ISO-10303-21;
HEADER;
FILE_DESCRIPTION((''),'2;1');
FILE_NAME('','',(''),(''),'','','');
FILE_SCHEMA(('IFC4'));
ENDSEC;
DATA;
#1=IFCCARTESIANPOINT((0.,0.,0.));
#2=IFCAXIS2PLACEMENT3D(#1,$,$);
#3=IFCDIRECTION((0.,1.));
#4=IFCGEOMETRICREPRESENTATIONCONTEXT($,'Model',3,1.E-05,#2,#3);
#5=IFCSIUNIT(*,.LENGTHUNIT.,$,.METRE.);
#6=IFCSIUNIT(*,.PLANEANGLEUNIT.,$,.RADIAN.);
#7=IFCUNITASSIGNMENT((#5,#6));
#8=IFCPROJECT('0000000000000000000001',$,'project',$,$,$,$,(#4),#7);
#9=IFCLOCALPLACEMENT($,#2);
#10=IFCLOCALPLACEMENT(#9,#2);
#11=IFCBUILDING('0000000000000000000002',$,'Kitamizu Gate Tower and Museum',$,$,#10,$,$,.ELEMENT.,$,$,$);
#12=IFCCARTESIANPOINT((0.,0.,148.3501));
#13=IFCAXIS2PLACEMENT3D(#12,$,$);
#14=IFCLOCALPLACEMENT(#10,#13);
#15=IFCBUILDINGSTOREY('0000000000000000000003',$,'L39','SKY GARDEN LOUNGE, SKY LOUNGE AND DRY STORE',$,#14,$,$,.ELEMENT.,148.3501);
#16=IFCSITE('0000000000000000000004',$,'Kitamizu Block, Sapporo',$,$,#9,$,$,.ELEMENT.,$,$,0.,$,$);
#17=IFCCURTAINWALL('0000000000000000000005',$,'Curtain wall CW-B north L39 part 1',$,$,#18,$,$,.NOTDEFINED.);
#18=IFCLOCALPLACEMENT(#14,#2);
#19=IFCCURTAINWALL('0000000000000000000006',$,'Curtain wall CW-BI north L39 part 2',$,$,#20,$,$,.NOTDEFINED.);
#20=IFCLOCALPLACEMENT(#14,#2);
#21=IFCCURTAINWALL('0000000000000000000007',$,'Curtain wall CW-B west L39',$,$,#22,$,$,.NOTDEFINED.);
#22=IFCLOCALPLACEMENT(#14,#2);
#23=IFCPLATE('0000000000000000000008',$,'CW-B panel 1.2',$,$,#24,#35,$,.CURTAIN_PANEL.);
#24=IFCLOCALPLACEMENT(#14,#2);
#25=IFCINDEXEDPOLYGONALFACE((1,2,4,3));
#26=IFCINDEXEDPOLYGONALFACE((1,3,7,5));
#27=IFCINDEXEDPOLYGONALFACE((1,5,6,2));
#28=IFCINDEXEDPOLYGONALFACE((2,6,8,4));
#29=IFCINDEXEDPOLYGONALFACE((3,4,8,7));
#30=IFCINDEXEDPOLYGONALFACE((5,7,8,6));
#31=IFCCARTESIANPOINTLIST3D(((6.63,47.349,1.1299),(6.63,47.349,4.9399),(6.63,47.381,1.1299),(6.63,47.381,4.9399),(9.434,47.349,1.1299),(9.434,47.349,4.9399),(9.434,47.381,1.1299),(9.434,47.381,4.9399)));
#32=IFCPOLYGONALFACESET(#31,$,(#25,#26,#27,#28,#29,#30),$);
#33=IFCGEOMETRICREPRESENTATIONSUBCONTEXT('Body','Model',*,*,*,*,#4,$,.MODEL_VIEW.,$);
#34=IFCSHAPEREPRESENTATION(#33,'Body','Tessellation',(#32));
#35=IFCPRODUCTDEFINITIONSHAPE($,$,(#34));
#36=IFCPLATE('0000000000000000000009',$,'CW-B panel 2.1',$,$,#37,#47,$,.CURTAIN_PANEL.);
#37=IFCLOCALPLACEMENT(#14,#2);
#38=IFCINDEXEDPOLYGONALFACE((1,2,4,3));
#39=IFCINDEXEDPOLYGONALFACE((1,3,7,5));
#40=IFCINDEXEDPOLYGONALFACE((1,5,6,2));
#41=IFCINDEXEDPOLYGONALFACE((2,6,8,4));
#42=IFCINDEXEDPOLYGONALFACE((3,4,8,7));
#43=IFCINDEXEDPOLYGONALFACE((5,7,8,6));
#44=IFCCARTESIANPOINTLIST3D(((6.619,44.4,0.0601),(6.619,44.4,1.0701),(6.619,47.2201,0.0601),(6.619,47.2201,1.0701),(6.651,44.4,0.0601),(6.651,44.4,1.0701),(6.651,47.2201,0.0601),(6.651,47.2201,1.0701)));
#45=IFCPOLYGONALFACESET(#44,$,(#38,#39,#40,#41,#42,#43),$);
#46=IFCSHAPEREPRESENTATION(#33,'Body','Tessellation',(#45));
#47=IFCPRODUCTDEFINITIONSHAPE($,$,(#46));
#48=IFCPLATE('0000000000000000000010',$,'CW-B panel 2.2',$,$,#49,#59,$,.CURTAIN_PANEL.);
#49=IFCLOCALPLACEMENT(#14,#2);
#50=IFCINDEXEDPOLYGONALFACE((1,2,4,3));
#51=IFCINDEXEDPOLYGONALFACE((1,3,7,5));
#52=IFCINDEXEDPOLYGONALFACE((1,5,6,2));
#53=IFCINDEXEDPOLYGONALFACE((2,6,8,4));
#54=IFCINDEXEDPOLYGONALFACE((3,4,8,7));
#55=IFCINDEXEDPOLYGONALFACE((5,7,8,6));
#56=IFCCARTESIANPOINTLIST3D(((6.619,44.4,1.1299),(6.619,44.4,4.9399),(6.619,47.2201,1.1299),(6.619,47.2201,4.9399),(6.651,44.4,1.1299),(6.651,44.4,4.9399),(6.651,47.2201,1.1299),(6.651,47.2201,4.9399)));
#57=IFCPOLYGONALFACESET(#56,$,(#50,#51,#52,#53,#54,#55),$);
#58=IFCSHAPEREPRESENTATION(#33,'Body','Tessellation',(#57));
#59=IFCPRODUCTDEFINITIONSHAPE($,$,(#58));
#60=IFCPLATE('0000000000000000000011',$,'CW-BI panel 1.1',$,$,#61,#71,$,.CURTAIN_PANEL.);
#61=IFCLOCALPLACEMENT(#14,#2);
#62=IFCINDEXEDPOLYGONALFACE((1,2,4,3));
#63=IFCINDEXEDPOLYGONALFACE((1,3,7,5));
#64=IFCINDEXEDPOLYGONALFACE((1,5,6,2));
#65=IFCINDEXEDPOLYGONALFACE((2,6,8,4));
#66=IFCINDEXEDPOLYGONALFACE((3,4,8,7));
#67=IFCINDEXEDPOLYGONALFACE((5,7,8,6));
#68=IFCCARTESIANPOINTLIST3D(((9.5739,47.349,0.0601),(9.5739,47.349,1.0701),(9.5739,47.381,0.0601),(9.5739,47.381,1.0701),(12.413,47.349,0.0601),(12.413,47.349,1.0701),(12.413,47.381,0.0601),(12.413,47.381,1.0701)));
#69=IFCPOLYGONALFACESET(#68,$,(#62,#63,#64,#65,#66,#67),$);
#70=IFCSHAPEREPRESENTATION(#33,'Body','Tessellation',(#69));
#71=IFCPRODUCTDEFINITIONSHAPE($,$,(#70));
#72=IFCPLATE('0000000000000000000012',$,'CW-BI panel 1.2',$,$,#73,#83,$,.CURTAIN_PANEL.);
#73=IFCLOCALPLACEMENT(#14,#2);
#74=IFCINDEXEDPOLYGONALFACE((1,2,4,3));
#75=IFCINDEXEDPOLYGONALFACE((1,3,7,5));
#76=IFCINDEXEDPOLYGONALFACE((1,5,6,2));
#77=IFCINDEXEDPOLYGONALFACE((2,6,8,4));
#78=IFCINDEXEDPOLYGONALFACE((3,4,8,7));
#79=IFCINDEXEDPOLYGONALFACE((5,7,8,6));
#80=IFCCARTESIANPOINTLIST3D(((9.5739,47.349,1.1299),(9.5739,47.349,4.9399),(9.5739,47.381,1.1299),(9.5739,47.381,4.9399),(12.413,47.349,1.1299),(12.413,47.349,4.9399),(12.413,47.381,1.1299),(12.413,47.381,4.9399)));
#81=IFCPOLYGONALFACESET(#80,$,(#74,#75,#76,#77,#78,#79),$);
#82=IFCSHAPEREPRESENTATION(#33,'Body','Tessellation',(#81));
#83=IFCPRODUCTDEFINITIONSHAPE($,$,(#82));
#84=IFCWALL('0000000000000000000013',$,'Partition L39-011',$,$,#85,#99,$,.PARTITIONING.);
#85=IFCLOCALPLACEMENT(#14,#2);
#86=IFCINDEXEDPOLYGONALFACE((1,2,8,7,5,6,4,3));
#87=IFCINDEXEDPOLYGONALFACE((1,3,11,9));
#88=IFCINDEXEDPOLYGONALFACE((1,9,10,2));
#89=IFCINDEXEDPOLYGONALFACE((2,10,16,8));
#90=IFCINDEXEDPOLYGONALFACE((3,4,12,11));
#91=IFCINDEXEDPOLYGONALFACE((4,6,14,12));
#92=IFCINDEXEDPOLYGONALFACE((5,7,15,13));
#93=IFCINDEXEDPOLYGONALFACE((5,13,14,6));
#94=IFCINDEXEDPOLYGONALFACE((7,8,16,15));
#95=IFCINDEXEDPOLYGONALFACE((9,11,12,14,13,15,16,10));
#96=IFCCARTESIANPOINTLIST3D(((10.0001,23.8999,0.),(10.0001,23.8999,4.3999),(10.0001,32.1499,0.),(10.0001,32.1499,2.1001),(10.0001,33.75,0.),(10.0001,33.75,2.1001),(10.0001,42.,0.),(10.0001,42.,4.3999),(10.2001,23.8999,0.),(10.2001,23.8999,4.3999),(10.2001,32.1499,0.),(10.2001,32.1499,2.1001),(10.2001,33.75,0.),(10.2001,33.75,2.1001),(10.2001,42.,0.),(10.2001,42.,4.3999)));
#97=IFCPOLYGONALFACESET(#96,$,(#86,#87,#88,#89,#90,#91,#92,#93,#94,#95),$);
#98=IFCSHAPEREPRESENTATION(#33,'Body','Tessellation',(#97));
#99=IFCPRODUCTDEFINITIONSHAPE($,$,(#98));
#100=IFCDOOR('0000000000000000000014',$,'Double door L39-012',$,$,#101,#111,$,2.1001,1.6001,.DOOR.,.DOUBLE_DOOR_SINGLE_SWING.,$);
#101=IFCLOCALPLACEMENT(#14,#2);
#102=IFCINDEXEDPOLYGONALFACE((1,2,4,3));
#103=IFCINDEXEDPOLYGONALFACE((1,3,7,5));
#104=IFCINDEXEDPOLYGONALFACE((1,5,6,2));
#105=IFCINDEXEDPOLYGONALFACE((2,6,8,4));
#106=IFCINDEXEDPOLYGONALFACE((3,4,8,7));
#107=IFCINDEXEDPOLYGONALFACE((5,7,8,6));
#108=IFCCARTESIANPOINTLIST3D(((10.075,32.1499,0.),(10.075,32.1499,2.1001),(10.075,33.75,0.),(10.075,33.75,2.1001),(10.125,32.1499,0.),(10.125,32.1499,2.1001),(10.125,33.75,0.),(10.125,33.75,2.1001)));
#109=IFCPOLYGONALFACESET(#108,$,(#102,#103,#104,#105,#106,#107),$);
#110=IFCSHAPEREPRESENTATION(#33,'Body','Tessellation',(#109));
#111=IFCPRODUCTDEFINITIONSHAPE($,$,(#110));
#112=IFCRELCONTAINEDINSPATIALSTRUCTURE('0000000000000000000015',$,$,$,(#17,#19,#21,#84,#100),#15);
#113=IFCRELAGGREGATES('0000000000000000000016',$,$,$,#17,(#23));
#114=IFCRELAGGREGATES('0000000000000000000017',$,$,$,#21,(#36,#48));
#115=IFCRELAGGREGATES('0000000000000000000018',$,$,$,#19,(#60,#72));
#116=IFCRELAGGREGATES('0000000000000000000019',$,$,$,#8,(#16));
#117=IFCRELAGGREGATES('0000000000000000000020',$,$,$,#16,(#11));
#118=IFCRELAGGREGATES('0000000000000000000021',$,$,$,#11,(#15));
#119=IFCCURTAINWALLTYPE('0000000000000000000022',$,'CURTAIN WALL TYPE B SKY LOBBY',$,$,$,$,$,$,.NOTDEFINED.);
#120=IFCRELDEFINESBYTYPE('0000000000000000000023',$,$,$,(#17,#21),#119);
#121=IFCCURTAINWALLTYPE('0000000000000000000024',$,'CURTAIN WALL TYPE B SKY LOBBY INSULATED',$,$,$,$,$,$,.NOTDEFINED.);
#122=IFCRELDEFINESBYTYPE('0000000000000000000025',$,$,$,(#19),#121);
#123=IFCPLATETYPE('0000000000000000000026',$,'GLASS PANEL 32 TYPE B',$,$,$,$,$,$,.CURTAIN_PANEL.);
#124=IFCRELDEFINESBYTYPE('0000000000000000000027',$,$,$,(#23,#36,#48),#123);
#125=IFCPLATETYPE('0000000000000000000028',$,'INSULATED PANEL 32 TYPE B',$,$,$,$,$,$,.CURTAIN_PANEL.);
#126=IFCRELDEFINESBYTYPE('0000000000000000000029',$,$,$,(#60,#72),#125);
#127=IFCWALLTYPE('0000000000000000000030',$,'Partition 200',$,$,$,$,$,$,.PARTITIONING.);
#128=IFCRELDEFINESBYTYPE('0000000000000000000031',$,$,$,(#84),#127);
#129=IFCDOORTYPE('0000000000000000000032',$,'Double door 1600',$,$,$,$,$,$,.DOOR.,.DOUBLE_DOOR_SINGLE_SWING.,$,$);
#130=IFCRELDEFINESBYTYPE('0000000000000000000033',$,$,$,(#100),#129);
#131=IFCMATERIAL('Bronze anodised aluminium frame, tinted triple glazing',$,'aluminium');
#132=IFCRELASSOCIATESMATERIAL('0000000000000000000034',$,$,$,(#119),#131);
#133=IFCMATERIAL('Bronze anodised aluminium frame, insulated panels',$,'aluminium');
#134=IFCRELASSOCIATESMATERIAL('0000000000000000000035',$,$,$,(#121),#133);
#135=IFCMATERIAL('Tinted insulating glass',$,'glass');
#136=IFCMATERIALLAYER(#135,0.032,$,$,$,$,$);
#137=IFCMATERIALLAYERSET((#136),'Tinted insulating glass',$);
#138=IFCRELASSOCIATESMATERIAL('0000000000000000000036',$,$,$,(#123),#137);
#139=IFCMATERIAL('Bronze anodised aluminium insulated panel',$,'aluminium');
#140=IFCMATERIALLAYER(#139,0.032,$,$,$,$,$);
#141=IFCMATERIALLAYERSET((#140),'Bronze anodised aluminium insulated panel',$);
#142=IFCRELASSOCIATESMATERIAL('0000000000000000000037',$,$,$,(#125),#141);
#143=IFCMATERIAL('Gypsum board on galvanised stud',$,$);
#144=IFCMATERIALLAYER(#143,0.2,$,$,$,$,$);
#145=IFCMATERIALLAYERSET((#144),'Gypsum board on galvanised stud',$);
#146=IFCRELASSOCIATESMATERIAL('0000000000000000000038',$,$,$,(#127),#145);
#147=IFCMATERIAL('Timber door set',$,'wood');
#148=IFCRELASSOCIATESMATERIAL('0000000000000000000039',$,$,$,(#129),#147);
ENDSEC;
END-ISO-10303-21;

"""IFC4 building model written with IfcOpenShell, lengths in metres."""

from ifc_helpers import new_model, si_unit, direction, frame, frame_2d, origin, origin_2d, place, context, subcontext, project, spatial, rectangle, extrude, material, layer, layer_set, type_object, element, fill, aggregate, save


model = new_model("IFC4")

# Units and contexts
model_context = context("Model", 3, precision=1e-05, world=origin(), true_north=direction((0.0, 1.0)))
body_context = subcontext(model_context, "Body", "Model", "MODEL_VIEW")
ifc_project = project(units=[si_unit("LENGTHUNIT", "METRE"), si_unit("PLANEANGLEUNIT", "RADIAN")], contexts=[model_context])

# Site, building, storey
site_placement = place(None, origin())
site = spatial("IfcSite", under=ifc_project, at=site_placement, Name="Kitamizu Block, Sapporo", CompositionType="ELEMENT", RefElevation=0.0)
building_placement = place(site_placement, origin())
building = spatial("IfcBuilding", under=site, at=building_placement, Name="Kitamizu Gate Tower and Museum", CompositionType="ELEMENT")
storey_placement = place(building_placement, frame((0.0, 0.0, 148.3501)))
storey = spatial("IfcBuildingStorey", under=building, at=storey_placement, Name="L39", Description="SKY GARDEN LOUNGE, SKY LOUNGE AND DRY STORE", CompositionType="ELEMENT", Elevation=148.3501)

# Curtain wall
ifc_material_1 = material(Name="Bronze anodised aluminium frame, tinted triple glazing", Category="aluminium")
curtain_wall_type_1 = type_object("IfcCurtainWallType", Name="CURTAIN WALL TYPE B SKY LOBBY", PredefinedType="NOTDEFINED", material=ifc_material_1)
curtain_wall_1_placement = place(storey_placement, origin())
curtain_wall_1 = element("IfcCurtainWall", 1, at=curtain_wall_1_placement, inside=storey, type_object=curtain_wall_type_1, Name="Curtain wall CW-B north L39 part 1", PredefinedType="NOTDEFINED")

# Curtain wall
ifc_material_2 = material(Name="Bronze anodised aluminium frame, insulated panels", Category="aluminium")
curtain_wall_type_2 = type_object("IfcCurtainWallType", Name="CURTAIN WALL TYPE B SKY LOBBY INSULATED", PredefinedType="NOTDEFINED", material=ifc_material_2)
curtain_wall_2_placement = place(storey_placement, origin())
curtain_wall_2 = element("IfcCurtainWall", 2, at=curtain_wall_2_placement, inside=storey, type_object=curtain_wall_type_2, Name="Curtain wall CW-BI north L39 part 2", PredefinedType="NOTDEFINED")

# Curtain wall
curtain_wall_3_placement = place(storey_placement, origin())
curtain_wall_3 = element("IfcCurtainWall", 3, at=curtain_wall_3_placement, inside=storey, type_object=curtain_wall_type_1, Name="Curtain wall CW-B west L39", PredefinedType="NOTDEFINED")

# Plates
ifc_material_3 = material(Name="Tinted insulating glass", Category="glass")
ifc_layer_1 = layer(ifc_material_3, 0.032)
ifc_layer_set_1 = layer_set([ifc_layer_1], Name="Tinted insulating glass")
plate_type_1 = type_object("IfcPlateType", Name="GLASS PANEL 32 TYPE B", PredefinedType="CURTAIN_PANEL", material=ifc_layer_set_1)
plate_1_placement = place(storey_placement, frame((8.032, 47.365, 1.1299), z_axis=(0.0, 0.0, 1.0), x_axis=(1.0, 0.0, 0.0)))
plate_1 = element("IfcPlate", 4, at=plate_1_placement, type_object=plate_type_1, Name="CW-B panel 1.2", PredefinedType="CURTAIN_PANEL", context=body_context, shape_type="SweptSolid", body=[
    extrude(rectangle(XDim=2.804, YDim=0.032, at=origin_2d()), origin(), (0.0, 0.0, 1.0), 3.8101),
])
aggregate(curtain_wall_1, [plate_1])
plate_2_placement = place(storey_placement, frame((6.635, 45.8101, 0.0601), z_axis=(0.0, 0.0, 1.0), x_axis=(0.0, 1.0, 0.0)))
plate_2 = element("IfcPlate", 5, at=plate_2_placement, type_object=plate_type_1, Name="CW-B panel 2.1", PredefinedType="CURTAIN_PANEL", context=body_context, shape_type="SweptSolid", body=[
    extrude(rectangle(XDim=2.8201, YDim=0.032, at=origin_2d()), origin(), (0.0, 0.0, 1.0), 1.01),
])
plate_3_placement = place(storey_placement, frame((6.635, 45.8101, 1.1299), z_axis=(0.0, 0.0, 1.0), x_axis=(0.0, 1.0, 0.0)))
plate_3 = element("IfcPlate", 6, at=plate_3_placement, type_object=plate_type_1, Name="CW-B panel 2.2", PredefinedType="CURTAIN_PANEL", context=body_context, shape_type="SweptSolid", body=[
    extrude(rectangle(XDim=2.8201, YDim=0.032, at=origin_2d()), origin(), (0.0, 0.0, 1.0), 3.8101),
])
aggregate(curtain_wall_3, [plate_2, plate_3])
ifc_material_4 = material(Name="Bronze anodised aluminium insulated panel", Category="aluminium")
ifc_layer_2 = layer(ifc_material_4, 0.032)
ifc_layer_set_2 = layer_set([ifc_layer_2], Name="Bronze anodised aluminium insulated panel")
plate_type_2 = type_object("IfcPlateType", Name="INSULATED PANEL 32 TYPE B", PredefinedType="CURTAIN_PANEL", material=ifc_layer_set_2)
plate_4_placement = place(storey_placement, frame((10.9934, 47.365, 0.0601), z_axis=(0.0, 0.0, 1.0), x_axis=(1.0, 0.0, 0.0)))
plate_4 = element("IfcPlate", 7, at=plate_4_placement, type_object=plate_type_2, Name="CW-BI panel 1.1", PredefinedType="CURTAIN_PANEL", context=body_context, shape_type="SweptSolid", body=[
    extrude(rectangle(XDim=2.8391, YDim=0.032, at=origin_2d()), origin(), (0.0, 0.0, 1.0), 1.01),
])
plate_5_placement = place(storey_placement, frame((10.9934, 47.365, 1.1299), z_axis=(0.0, 0.0, 1.0), x_axis=(1.0, 0.0, 0.0)))
plate_5 = element("IfcPlate", 8, at=plate_5_placement, type_object=plate_type_2, Name="CW-BI panel 1.2", PredefinedType="CURTAIN_PANEL", context=body_context, shape_type="SweptSolid", body=[
    extrude(rectangle(XDim=2.8391, YDim=0.032, at=origin_2d()), origin(), (0.0, 0.0, 1.0), 3.8101),
])
aggregate(curtain_wall_2, [plate_4, plate_5])

# Wall, opening, door
ifc_material_5 = material(Name="Gypsum board on galvanised stud")
ifc_layer_3 = layer(ifc_material_5, 0.2)
ifc_layer_set_3 = layer_set([ifc_layer_3], Name="Gypsum board on galvanised stud")
wall_type = type_object("IfcWallType", Name="Partition 200", PredefinedType="PARTITIONING", material=ifc_layer_set_3)
wall_placement = place(storey_placement, frame((10.1001, 42.0, 0.0), z_axis=(0.0, 0.0, 1.0), x_axis=(0.0, -1.0, 0.0)))
wall = element("IfcWall", 9, at=wall_placement, inside=storey, type_object=wall_type, Name="Partition L39-011", PredefinedType="PARTITIONING", context=body_context, shape_type="SweptSolid", body=[
    extrude(rectangle(XDim=18.1001, YDim=0.2, at=frame_2d((9.05, 0.0))), origin(), (0.0, 0.0, 1.0), 4.3999),
])
opening_placement = place(wall_placement, frame((8.25, 0.0, 0.0)))
opening = element("IfcOpeningElement", 10, at=opening_placement, cuts=wall, PredefinedType="OPENING", context=body_context, shape_type="SweptSolid", body=[
    extrude(rectangle(XDim=1.6001, YDim=2.1001, at=frame_2d((0.8, 1.05))), frame((0.0, 0.1099, 0.0), z_axis=(0.0, -1.0, 0.0), x_axis=(1.0, 0.0, 0.0)), (0.0, 0.0, 1.0), 0.22),
])
ifc_material_6 = material(Name="Timber door set", Category="wood")
door_type = type_object("IfcDoorType", Name="Double door 1600", OperationType="DOUBLE_DOOR_SINGLE_SWING", PredefinedType="DOOR", material=ifc_material_6)
door_placement = place(opening_placement, origin())
door = element("IfcDoor", 11, at=door_placement, inside=storey, type_object=door_type, Name="Double door L39-012", OperationType="DOUBLE_DOOR_SINGLE_SWING", OverallHeight=2.1001, OverallWidth=1.6001, PredefinedType="DOOR", context=body_context, shape_type="SweptSolid", body=[
    extrude(rectangle(XDim=1.6001, YDim=2.1001, at=frame_2d((0.8, 1.05))), frame((0.0, 0.0249, 0.0), z_axis=(0.0, -1.0, 0.0), x_axis=(1.0, 0.0, 0.0)), (0.0, 0.0, 1.0), 0.05),
])
fill(opening, door)

save(model, "model.ifc")
